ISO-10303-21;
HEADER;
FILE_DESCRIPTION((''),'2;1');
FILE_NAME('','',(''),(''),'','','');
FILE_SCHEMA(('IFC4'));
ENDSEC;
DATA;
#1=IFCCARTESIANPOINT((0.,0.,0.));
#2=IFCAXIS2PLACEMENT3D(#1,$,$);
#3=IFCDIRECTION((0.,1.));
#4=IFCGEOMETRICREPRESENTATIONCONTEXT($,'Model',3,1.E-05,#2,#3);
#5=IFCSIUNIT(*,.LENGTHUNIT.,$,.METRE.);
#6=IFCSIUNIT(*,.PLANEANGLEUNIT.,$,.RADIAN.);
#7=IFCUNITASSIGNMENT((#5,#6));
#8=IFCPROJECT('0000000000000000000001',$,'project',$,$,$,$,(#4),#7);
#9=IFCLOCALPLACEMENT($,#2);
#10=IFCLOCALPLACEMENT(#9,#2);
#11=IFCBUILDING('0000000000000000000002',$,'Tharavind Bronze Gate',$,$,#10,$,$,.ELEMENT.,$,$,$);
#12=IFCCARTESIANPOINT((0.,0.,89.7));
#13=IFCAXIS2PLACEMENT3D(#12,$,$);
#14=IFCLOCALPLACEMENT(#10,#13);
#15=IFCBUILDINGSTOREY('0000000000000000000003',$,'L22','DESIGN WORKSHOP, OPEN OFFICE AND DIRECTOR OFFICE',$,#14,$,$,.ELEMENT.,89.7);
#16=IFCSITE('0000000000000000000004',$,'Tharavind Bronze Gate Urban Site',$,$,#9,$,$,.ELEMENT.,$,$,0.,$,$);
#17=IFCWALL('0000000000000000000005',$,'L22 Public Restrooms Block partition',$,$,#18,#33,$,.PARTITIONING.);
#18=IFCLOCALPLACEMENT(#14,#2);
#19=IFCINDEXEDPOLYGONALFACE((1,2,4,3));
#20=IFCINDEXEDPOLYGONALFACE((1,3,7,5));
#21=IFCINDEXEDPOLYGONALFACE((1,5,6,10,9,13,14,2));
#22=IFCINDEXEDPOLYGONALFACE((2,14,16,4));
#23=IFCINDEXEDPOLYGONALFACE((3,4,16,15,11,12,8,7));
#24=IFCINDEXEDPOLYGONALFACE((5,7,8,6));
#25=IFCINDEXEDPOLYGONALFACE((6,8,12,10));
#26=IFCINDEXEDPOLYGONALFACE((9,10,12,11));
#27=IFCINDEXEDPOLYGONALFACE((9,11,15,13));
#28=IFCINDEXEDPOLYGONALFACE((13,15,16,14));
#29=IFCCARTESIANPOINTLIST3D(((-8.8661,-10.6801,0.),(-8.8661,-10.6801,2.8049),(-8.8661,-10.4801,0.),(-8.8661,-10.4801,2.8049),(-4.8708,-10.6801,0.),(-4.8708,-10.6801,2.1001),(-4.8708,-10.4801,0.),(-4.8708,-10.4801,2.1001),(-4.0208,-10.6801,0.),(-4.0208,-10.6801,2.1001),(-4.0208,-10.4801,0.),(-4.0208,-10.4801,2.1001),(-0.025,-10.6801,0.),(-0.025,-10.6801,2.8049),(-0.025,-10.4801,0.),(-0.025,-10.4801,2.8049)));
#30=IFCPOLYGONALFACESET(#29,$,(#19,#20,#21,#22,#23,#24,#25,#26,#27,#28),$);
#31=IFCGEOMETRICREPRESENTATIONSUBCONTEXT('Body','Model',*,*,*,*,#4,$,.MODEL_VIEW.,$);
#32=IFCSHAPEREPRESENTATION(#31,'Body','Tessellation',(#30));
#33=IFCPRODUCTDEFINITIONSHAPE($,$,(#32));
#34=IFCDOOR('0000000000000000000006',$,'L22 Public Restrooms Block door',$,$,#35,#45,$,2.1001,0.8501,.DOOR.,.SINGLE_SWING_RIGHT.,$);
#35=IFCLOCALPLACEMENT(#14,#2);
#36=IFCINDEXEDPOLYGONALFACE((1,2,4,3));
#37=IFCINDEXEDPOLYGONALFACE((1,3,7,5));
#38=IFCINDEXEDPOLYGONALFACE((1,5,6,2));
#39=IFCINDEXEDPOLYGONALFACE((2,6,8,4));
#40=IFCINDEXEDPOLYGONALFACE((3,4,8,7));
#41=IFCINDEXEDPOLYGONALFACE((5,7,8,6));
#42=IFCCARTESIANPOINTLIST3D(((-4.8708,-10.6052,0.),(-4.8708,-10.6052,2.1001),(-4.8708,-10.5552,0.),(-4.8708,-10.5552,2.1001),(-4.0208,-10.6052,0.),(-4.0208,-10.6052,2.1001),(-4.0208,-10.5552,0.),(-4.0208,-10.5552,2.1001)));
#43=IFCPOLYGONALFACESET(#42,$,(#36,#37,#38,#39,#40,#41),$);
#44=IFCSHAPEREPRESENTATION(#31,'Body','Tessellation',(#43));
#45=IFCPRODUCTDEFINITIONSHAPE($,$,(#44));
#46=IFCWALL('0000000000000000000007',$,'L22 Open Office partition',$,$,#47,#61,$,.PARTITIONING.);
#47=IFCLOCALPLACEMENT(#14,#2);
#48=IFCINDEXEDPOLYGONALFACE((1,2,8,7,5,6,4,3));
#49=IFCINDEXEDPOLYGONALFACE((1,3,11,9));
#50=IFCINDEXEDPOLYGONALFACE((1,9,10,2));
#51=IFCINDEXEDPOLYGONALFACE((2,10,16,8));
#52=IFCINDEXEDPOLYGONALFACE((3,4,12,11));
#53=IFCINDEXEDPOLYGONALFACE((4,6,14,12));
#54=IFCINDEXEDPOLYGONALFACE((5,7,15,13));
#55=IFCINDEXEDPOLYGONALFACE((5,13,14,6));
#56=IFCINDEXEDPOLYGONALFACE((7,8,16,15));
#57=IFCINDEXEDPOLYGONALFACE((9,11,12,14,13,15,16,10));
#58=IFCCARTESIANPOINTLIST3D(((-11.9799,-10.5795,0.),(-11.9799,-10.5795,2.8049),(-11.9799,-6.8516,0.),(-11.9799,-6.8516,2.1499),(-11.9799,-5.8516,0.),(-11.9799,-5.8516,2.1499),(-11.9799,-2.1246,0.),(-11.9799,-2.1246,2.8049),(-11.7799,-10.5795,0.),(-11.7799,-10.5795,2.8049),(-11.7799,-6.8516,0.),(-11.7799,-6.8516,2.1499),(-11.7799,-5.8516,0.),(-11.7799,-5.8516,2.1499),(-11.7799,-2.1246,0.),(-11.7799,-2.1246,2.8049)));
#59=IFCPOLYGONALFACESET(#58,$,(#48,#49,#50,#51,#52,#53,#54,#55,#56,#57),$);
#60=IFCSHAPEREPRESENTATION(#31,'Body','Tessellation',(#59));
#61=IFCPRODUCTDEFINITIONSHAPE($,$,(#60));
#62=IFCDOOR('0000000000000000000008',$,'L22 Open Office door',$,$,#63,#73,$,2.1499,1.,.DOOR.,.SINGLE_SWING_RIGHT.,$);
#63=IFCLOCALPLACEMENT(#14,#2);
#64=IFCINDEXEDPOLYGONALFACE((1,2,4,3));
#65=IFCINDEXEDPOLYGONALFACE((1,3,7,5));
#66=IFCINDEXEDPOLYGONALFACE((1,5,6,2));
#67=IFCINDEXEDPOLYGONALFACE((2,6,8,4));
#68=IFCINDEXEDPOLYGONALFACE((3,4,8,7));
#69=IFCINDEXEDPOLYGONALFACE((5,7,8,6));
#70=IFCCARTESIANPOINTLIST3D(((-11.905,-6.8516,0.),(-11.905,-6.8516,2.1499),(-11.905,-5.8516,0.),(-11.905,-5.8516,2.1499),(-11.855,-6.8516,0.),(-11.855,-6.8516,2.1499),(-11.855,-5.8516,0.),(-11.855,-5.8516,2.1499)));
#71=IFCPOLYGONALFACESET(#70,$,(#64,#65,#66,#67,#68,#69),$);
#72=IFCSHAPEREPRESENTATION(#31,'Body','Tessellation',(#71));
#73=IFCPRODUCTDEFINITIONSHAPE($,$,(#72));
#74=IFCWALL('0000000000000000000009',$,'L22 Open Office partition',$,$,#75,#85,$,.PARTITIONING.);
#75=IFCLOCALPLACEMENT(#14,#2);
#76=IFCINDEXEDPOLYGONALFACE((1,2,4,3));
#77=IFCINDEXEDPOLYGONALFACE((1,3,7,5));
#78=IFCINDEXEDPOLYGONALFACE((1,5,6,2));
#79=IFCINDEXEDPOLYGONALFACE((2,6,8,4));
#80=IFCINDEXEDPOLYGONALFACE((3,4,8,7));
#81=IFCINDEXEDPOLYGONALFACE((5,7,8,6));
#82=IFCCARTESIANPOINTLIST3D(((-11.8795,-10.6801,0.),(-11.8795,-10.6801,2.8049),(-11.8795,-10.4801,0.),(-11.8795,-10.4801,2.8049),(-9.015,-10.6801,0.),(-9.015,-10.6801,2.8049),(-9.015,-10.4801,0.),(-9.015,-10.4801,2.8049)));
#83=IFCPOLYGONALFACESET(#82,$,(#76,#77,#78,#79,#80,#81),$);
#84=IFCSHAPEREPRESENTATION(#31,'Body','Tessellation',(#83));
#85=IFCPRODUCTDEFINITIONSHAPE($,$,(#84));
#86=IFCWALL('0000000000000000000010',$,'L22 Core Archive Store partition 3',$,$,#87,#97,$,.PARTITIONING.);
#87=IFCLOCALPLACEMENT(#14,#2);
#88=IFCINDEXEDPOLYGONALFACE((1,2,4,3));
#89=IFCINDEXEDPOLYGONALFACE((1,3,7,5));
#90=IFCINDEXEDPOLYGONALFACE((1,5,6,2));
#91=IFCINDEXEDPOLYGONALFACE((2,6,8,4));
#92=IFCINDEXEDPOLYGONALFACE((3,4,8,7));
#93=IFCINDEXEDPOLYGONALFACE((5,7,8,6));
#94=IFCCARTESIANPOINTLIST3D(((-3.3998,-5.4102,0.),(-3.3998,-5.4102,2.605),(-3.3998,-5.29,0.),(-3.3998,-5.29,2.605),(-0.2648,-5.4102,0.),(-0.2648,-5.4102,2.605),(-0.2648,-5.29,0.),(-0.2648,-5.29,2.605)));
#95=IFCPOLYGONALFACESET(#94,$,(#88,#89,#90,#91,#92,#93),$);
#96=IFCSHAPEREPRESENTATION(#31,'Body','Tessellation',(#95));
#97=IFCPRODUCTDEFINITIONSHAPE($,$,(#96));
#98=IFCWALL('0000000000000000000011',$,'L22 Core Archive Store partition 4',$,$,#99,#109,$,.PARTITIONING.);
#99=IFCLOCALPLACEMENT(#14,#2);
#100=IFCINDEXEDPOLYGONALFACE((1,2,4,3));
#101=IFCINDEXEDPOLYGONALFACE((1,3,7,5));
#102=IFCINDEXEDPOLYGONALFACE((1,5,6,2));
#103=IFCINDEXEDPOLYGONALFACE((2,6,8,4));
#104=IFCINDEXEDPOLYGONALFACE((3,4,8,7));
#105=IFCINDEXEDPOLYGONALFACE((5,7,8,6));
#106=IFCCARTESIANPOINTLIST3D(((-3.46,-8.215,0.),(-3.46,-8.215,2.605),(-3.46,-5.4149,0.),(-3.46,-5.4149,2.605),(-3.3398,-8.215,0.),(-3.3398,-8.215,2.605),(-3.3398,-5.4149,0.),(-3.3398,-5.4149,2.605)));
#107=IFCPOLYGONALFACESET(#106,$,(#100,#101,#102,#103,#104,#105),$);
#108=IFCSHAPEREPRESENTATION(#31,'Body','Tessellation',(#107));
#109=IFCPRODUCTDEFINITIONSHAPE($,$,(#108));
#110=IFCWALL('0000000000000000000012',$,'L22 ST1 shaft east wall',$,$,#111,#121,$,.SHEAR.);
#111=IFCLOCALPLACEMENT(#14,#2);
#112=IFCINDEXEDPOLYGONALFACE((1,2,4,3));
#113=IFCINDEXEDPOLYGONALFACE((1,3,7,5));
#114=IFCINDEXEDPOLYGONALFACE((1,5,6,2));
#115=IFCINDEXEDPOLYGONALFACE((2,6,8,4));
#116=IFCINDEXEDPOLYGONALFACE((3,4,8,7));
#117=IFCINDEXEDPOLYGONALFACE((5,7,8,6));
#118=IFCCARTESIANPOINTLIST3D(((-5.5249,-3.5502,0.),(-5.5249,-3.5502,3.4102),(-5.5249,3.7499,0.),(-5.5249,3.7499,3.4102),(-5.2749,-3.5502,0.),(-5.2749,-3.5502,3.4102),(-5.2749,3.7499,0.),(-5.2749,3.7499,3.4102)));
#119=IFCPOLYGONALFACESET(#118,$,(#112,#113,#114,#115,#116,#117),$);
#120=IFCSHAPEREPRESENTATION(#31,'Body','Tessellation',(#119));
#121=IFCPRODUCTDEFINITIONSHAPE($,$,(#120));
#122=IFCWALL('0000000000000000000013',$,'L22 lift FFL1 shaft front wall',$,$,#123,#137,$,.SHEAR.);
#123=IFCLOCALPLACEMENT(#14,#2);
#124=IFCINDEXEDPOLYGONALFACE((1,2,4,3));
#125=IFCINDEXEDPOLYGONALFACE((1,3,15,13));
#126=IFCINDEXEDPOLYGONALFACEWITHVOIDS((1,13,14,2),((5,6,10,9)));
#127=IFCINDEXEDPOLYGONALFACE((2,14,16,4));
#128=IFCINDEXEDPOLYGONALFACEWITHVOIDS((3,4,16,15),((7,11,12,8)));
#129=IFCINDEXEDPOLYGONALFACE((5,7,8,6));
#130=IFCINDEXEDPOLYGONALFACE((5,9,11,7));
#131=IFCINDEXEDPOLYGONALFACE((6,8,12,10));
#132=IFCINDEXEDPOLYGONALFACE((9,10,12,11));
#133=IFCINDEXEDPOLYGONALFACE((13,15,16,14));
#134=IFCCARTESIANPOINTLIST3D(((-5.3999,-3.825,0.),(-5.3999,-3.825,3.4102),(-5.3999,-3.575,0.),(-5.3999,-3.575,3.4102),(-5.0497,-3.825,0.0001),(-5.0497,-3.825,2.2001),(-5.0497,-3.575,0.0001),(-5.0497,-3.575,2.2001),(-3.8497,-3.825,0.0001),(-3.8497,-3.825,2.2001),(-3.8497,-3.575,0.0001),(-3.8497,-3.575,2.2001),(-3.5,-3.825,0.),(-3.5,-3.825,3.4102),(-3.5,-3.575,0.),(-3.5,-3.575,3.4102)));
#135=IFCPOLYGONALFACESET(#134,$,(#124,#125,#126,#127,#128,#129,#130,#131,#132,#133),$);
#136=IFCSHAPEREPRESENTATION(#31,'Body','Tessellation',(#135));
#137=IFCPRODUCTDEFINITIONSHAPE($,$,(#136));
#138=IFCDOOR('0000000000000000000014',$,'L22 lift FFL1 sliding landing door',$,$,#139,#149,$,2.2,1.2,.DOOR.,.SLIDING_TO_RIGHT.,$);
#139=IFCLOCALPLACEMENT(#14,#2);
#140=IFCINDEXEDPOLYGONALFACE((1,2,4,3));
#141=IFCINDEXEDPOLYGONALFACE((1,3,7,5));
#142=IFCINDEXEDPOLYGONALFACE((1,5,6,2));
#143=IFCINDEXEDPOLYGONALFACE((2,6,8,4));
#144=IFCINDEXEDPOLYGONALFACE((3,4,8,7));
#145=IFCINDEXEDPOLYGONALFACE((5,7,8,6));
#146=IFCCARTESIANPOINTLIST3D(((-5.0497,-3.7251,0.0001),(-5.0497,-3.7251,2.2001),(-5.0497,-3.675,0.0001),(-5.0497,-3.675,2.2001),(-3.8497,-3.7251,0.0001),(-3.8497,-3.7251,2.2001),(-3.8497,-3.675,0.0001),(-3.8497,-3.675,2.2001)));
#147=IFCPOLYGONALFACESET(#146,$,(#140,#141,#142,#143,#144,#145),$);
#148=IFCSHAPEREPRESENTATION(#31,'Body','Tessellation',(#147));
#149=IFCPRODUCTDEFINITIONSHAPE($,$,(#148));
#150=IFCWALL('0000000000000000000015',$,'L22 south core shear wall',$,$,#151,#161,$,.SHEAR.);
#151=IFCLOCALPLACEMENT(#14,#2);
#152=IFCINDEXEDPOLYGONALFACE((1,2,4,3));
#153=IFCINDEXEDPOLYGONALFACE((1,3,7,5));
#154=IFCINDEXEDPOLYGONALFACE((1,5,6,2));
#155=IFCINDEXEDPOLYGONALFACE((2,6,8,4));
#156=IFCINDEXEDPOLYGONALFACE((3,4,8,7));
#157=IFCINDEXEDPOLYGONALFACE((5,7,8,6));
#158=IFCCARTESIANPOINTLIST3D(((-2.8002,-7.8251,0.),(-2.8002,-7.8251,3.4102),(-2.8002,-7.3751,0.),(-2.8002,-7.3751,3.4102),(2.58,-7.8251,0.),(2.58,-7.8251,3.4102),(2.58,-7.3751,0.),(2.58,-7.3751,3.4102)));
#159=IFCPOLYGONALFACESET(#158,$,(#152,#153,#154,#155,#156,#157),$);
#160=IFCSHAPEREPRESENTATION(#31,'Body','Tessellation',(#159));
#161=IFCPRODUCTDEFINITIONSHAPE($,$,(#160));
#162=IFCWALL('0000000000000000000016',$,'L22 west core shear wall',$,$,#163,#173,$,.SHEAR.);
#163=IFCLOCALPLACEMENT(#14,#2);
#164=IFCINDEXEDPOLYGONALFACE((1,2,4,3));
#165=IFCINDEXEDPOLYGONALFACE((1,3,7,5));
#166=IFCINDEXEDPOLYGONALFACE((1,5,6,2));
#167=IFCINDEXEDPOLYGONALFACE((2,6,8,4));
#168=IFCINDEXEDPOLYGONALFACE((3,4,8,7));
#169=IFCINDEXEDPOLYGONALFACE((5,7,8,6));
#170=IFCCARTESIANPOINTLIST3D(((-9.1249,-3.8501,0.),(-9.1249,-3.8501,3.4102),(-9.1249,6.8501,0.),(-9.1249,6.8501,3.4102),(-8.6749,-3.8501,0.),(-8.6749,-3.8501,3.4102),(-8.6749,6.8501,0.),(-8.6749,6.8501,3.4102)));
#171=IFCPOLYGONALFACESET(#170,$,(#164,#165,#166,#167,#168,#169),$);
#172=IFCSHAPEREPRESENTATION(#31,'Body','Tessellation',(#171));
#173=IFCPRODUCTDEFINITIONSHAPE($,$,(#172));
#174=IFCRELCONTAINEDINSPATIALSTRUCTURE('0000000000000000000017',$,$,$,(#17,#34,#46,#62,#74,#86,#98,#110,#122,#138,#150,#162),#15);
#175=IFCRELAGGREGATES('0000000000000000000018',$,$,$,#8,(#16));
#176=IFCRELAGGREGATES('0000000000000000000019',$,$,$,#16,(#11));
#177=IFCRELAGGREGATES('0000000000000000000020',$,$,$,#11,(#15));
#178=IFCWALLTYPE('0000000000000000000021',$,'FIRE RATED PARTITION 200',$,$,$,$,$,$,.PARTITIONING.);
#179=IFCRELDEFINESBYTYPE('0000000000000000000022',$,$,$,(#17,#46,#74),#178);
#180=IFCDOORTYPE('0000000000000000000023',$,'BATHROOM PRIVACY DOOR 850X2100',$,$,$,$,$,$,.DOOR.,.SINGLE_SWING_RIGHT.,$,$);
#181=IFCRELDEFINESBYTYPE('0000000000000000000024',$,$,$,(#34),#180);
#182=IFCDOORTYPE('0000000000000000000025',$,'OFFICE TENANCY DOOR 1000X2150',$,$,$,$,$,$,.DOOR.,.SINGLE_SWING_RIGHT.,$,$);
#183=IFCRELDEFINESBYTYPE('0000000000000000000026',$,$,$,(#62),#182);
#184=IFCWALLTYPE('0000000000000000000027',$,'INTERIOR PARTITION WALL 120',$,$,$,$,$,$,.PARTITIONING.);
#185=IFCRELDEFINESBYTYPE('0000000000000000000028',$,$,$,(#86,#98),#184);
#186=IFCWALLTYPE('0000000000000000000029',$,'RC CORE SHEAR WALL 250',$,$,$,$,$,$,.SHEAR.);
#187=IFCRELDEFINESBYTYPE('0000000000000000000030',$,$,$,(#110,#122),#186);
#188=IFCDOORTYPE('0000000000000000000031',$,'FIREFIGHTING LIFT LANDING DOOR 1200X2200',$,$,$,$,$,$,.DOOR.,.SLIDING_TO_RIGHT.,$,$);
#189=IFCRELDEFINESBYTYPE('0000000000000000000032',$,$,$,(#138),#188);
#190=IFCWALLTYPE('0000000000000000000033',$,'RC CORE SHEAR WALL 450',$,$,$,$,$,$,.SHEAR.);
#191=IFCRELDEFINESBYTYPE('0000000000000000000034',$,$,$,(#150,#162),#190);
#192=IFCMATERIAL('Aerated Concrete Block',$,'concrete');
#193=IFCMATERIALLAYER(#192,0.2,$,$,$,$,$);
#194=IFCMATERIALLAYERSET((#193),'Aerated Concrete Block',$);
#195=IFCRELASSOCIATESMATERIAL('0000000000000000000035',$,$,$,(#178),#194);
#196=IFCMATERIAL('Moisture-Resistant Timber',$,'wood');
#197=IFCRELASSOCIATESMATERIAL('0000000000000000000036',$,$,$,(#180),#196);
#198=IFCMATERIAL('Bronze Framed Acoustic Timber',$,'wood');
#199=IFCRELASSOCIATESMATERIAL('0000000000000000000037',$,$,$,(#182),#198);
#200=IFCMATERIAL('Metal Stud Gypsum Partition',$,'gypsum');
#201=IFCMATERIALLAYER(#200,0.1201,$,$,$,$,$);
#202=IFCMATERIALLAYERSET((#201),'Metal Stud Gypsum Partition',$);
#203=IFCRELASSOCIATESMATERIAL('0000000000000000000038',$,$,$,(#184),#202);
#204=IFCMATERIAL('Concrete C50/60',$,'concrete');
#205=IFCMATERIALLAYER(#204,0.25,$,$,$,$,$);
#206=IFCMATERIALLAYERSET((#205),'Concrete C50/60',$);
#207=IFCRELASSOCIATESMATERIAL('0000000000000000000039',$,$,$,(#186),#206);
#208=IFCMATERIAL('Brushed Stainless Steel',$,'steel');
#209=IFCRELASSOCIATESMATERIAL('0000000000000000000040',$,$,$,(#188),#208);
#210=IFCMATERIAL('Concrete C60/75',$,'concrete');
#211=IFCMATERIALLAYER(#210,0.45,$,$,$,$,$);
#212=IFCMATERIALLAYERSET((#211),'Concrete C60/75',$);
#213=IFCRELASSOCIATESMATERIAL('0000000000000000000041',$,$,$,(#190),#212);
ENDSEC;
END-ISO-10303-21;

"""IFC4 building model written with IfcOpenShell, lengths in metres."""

from ifc_helpers import new_model, si_unit, direction, frame, frame_2d, origin, place, context, subcontext, project, spatial, rectangle, extrude, material, layer, layer_set, type_object, element, fill, save


model = new_model("IFC4")

# Units and contexts
model_context = context("Model", 3, precision=1e-05, world=origin(), true_north=direction((0.0, 1.0)))
body_context = subcontext(model_context, "Body", "Model", "MODEL_VIEW")
ifc_project = project(units=[si_unit("LENGTHUNIT", "METRE"), si_unit("PLANEANGLEUNIT", "RADIAN")], contexts=[model_context])

# Site, building, storey
site_placement = place(None, origin())
site = spatial("IfcSite", under=ifc_project, at=site_placement, Name="Tharavind Bronze Gate Urban Site", CompositionType="ELEMENT", RefElevation=0.0)
building_placement = place(site_placement, origin())
building = spatial("IfcBuilding", under=site, at=building_placement, Name="Tharavind Bronze Gate", CompositionType="ELEMENT")
storey_placement = place(building_placement, frame((0.0, 0.0, 89.7)))
storey = spatial("IfcBuildingStorey", under=building, at=storey_placement, Name="L22", Description="DESIGN WORKSHOP, OPEN OFFICE AND DIRECTOR OFFICE", CompositionType="ELEMENT", Elevation=89.7)

# Shared definitions
ifc_material_1 = material(Name="Concrete C60/75", Category="concrete")

# Shared definitions
ifc_material_2 = material(Name="Aerated Concrete Block", Category="concrete")
ifc_layer_1 = layer(ifc_material_2, 0.2)
ifc_layer_set_1 = layer_set([ifc_layer_1], Name="Aerated Concrete Block")
wall_type_1 = type_object("IfcWallType", Name="FIRE RATED PARTITION 200", PredefinedType="PARTITIONING", material=ifc_layer_set_1)

# Walls, openings, doors
wall_1_placement = place(storey_placement, frame((-8.866, -10.5801, 0.0), z_axis=(0.0, 0.0, 1.0), x_axis=(1.0, 0.0, 0.0)))
wall_1 = element("IfcWall", 1, at=wall_1_placement, inside=storey, type_object=wall_type_1, Name="L22 Public Restrooms Block partition", PredefinedType="PARTITIONING", context=body_context, shape_type="SweptSolid", body=[
    extrude(rectangle(XDim=8.8411, YDim=0.2, at=frame_2d((4.4204, 0.0))), origin(), (0.0, 0.0, 1.0), 2.8049),
])
opening_1_placement = place(wall_1_placement, frame((3.9951, 0.0, 0.0)))
opening_1 = element("IfcOpeningElement", 2, at=opening_1_placement, cuts=wall_1, PredefinedType="OPENING", context=body_context, shape_type="SweptSolid", body=[
    extrude(rectangle(XDim=0.8501, YDim=2.1001, at=frame_2d((0.425, 1.05))), frame((0.0, 0.1101, 0.0), z_axis=(0.0, -1.0, 0.0), x_axis=(1.0, 0.0, 0.0)), (0.0, 0.0, 1.0), 0.22),
])
ifc_material_3 = material(Name="Moisture-Resistant Timber", Category="wood")
door_type_1 = type_object("IfcDoorType", Name="BATHROOM PRIVACY DOOR 850X2100", OperationType="SINGLE_SWING_RIGHT", PredefinedType="DOOR", material=ifc_material_3)
door_1_placement = place(opening_1_placement, origin())
door_1 = element("IfcDoor", 3, at=door_1_placement, inside=storey, type_object=door_type_1, Name="L22 Public Restrooms Block door", OperationType="SINGLE_SWING_RIGHT", OverallHeight=2.1001, OverallWidth=0.8501, PredefinedType="DOOR", context=body_context, shape_type="SweptSolid", body=[
    extrude(rectangle(XDim=0.8501, YDim=2.1001, at=frame_2d((0.425, 1.05))), frame((0.0, 0.0249, 0.0), z_axis=(0.0, -1.0, 0.0), x_axis=(1.0, 0.0, 0.0)), (0.0, 0.0, 1.0), 0.05),
])
fill(opening_1, door_1)
wall_2_placement = place(storey_placement, frame((-11.8799, -2.1245, 0.0), z_axis=(0.0, 0.0, 1.0), x_axis=(0.0, -1.0, 0.0)))
wall_2 = element("IfcWall", 4, at=wall_2_placement, inside=storey, type_object=wall_type_1, Name="L22 Open Office partition", PredefinedType="PARTITIONING", context=body_context, shape_type="SweptSolid", body=[
    extrude(rectangle(XDim=8.4548, YDim=0.2, at=frame_2d((4.2275, 0.0))), origin(), (0.0, 0.0, 1.0), 2.8049),
])
opening_2_placement = place(wall_2_placement, frame((3.7271, 0.0, 0.0)))
opening_2 = element("IfcOpeningElement", 5, at=opening_2_placement, cuts=wall_2, PredefinedType="OPENING", context=body_context, shape_type="SweptSolid", body=[
    extrude(rectangle(XDim=1.0, YDim=2.1499, at=frame_2d((0.5, 1.075))), frame((0.0, 0.1101, 0.0), z_axis=(0.0, -1.0, 0.0), x_axis=(1.0, 0.0, 0.0)), (0.0, 0.0, 1.0), 0.22),
])
ifc_material_4 = material(Name="Bronze Framed Acoustic Timber", Category="wood")
door_type_2 = type_object("IfcDoorType", Name="OFFICE TENANCY DOOR 1000X2150", OperationType="SINGLE_SWING_RIGHT", PredefinedType="DOOR", material=ifc_material_4)
door_2_placement = place(opening_2_placement, origin())
door_2 = element("IfcDoor", 6, at=door_2_placement, inside=storey, type_object=door_type_2, Name="L22 Open Office door", OperationType="SINGLE_SWING_RIGHT", OverallHeight=2.1499, OverallWidth=1.0, PredefinedType="DOOR", context=body_context, shape_type="SweptSolid", body=[
    extrude(rectangle(XDim=1.0, YDim=2.1499, at=frame_2d((0.5, 1.075))), frame((0.0, 0.0249, 0.0), z_axis=(0.0, -1.0, 0.0), x_axis=(1.0, 0.0, 0.0)), (0.0, 0.0, 1.0), 0.05),
])
fill(opening_2, door_2)

# Walls
wall_3_placement = place(storey_placement, frame((-11.8794, -10.5801, 0.0), z_axis=(0.0, 0.0, 1.0), x_axis=(1.0, 0.0, 0.0)))
element("IfcWall", 7, at=wall_3_placement, inside=storey, type_object=wall_type_1, Name="L22 Open Office partition", PredefinedType="PARTITIONING", context=body_context, shape_type="SweptSolid", body=[
    extrude(rectangle(XDim=2.8645, YDim=0.2, at=frame_2d((1.4321, 0.0))), origin(), (0.0, 0.0, 1.0), 2.8049),
])
ifc_material_5 = material(Name="Metal Stud Gypsum Partition", Category="gypsum")
ifc_layer_2 = layer(ifc_material_5, 0.1201)
ifc_layer_set_2 = layer_set([ifc_layer_2], Name="Metal Stud Gypsum Partition")
wall_type_2 = type_object("IfcWallType", Name="INTERIOR PARTITION WALL 120", PredefinedType="PARTITIONING", material=ifc_layer_set_2)
wall_4_placement = place(storey_placement, frame((-0.2649, -5.3501, 0.0), z_axis=(0.0, 0.0, 1.0), x_axis=(-1.0, 0.0, 0.0)))
element("IfcWall", 8, at=wall_4_placement, inside=storey, type_object=wall_type_2, Name="L22 Core Archive Store partition 3", PredefinedType="PARTITIONING", context=body_context, shape_type="SweptSolid", body=[
    extrude(rectangle(XDim=3.135, YDim=0.1201, at=frame_2d((1.5674, 0.0))), origin(), (0.0, 0.0, 1.0), 2.605),
])
wall_5_placement = place(storey_placement, frame((-3.3999, -5.415, 0.0), z_axis=(0.0, 0.0, 1.0), x_axis=(0.0, -1.0, 0.0)))
element("IfcWall", 9, at=wall_5_placement, inside=storey, type_object=wall_type_2, Name="L22 Core Archive Store partition 4", PredefinedType="PARTITIONING", context=body_context, shape_type="SweptSolid", body=[
    extrude(rectangle(XDim=2.8, YDim=0.1201, at=frame_2d((1.3999, 0.0))), origin(), (0.0, 0.0, 1.0), 2.605),
])
ifc_material_6 = material(Name="Concrete C50/60", Category="concrete")
ifc_layer_3 = layer(ifc_material_6, 0.25)
ifc_layer_set_3 = layer_set([ifc_layer_3], Name="Concrete C50/60")
wall_type_3 = type_object("IfcWallType", Name="RC CORE SHEAR WALL 250", PredefinedType="SHEAR", material=ifc_layer_set_3)
wall_6_placement = place(storey_placement, frame((-5.3999, -3.55, 0.0), z_axis=(0.0, 0.0, 1.0), x_axis=(0.0, 1.0, 0.0)))
element("IfcWall", 10, at=wall_6_placement, inside=storey, type_object=wall_type_3, Name="L22 ST1 shaft east wall", PredefinedType="SHEAR", context=body_context, shape_type="SweptSolid", body=[
    extrude(rectangle(XDim=7.3, YDim=0.25, at=frame_2d((3.6499, 0.0))), origin(), (0.0, 0.0, 1.0), 3.4102),
])

# Wall, opening, door
wall_7_placement = place(storey_placement, frame((-5.3999, -3.7, 0.0), z_axis=(0.0, 0.0, 1.0), x_axis=(1.0, 0.0, 0.0)))
wall_7 = element("IfcWall", 11, at=wall_7_placement, inside=storey, type_object=wall_type_3, Name="L22 lift FFL1 shaft front wall", PredefinedType="SHEAR", context=body_context, shape_type="SweptSolid", body=[
    extrude(rectangle(XDim=1.8999, YDim=0.25, at=frame_2d((0.95, 0.0))), origin(), (0.0, 0.0, 1.0), 3.4102),
])
opening_3_placement = place(wall_7_placement, frame((0.3501, 0.0, 0.0)))
opening_3 = element("IfcOpeningElement", 12, at=opening_3_placement, cuts=wall_7, PredefinedType="OPENING", context=body_context, shape_type="SweptSolid", body=[
    extrude(rectangle(XDim=1.2, YDim=2.2, at=frame_2d((0.6001, 1.1001))), frame((0.0, 0.135, 0.0), z_axis=(0.0, -1.0, 0.0), x_axis=(1.0, 0.0, 0.0)), (0.0, 0.0, 1.0), 0.27),
])
ifc_material_7 = material(Name="Brushed Stainless Steel", Category="steel")
door_type_3 = type_object("IfcDoorType", Name="FIREFIGHTING LIFT LANDING DOOR 1200X2200", OperationType="SLIDING_TO_RIGHT", PredefinedType="DOOR", material=ifc_material_7)
door_3_placement = place(opening_3_placement, origin())
door_3 = element("IfcDoor", 13, at=door_3_placement, inside=storey, type_object=door_type_3, Name="L22 lift FFL1 sliding landing door", OperationType="SLIDING_TO_RIGHT", OverallHeight=2.2, OverallWidth=1.2, PredefinedType="DOOR", context=body_context, shape_type="SweptSolid", body=[
    extrude(rectangle(XDim=1.2, YDim=2.2, at=frame_2d((0.6001, 1.1001))), frame((0.0, 0.0249, 0.0), z_axis=(0.0, -1.0, 0.0), x_axis=(1.0, 0.0, 0.0)), (0.0, 0.0, 1.0), 0.05),
])
fill(opening_3, door_3)

# Walls
ifc_layer_4 = layer(ifc_material_1, 0.45)
ifc_layer_set_4 = layer_set([ifc_layer_4], Name="Concrete C60/75")
wall_type_4 = type_object("IfcWallType", Name="RC CORE SHEAR WALL 450", PredefinedType="SHEAR", material=ifc_layer_set_4)
wall_8_placement = place(storey_placement, frame((-2.8, -7.6001, 0.0), z_axis=(0.0, 0.0, 1.0), x_axis=(1.0, 0.0, 0.0)))
element("IfcWall", 14, at=wall_8_placement, inside=storey, type_object=wall_type_4, Name="L22 south core shear wall", PredefinedType="SHEAR", context=body_context, shape_type="SweptSolid", body=[
    extrude(rectangle(XDim=5.3801, YDim=0.45, at=frame_2d((2.6899, 0.0))), origin(), (0.0, 0.0, 1.0), 3.4102),
])
wall_9_placement = place(storey_placement, frame((-8.8999, -3.8501, 0.0), z_axis=(0.0, 0.0, 1.0), x_axis=(0.0, 1.0, 0.0)))
element("IfcWall", 15, at=wall_9_placement, inside=storey, type_object=wall_type_4, Name="L22 west core shear wall", PredefinedType="SHEAR", context=body_context, shape_type="SweptSolid", body=[
    extrude(rectangle(XDim=10.7002, YDim=0.45, at=frame_2d((5.3501, 0.0))), origin(), (0.0, 0.0, 1.0), 3.4102),
])

save(model, "model.ifc")
